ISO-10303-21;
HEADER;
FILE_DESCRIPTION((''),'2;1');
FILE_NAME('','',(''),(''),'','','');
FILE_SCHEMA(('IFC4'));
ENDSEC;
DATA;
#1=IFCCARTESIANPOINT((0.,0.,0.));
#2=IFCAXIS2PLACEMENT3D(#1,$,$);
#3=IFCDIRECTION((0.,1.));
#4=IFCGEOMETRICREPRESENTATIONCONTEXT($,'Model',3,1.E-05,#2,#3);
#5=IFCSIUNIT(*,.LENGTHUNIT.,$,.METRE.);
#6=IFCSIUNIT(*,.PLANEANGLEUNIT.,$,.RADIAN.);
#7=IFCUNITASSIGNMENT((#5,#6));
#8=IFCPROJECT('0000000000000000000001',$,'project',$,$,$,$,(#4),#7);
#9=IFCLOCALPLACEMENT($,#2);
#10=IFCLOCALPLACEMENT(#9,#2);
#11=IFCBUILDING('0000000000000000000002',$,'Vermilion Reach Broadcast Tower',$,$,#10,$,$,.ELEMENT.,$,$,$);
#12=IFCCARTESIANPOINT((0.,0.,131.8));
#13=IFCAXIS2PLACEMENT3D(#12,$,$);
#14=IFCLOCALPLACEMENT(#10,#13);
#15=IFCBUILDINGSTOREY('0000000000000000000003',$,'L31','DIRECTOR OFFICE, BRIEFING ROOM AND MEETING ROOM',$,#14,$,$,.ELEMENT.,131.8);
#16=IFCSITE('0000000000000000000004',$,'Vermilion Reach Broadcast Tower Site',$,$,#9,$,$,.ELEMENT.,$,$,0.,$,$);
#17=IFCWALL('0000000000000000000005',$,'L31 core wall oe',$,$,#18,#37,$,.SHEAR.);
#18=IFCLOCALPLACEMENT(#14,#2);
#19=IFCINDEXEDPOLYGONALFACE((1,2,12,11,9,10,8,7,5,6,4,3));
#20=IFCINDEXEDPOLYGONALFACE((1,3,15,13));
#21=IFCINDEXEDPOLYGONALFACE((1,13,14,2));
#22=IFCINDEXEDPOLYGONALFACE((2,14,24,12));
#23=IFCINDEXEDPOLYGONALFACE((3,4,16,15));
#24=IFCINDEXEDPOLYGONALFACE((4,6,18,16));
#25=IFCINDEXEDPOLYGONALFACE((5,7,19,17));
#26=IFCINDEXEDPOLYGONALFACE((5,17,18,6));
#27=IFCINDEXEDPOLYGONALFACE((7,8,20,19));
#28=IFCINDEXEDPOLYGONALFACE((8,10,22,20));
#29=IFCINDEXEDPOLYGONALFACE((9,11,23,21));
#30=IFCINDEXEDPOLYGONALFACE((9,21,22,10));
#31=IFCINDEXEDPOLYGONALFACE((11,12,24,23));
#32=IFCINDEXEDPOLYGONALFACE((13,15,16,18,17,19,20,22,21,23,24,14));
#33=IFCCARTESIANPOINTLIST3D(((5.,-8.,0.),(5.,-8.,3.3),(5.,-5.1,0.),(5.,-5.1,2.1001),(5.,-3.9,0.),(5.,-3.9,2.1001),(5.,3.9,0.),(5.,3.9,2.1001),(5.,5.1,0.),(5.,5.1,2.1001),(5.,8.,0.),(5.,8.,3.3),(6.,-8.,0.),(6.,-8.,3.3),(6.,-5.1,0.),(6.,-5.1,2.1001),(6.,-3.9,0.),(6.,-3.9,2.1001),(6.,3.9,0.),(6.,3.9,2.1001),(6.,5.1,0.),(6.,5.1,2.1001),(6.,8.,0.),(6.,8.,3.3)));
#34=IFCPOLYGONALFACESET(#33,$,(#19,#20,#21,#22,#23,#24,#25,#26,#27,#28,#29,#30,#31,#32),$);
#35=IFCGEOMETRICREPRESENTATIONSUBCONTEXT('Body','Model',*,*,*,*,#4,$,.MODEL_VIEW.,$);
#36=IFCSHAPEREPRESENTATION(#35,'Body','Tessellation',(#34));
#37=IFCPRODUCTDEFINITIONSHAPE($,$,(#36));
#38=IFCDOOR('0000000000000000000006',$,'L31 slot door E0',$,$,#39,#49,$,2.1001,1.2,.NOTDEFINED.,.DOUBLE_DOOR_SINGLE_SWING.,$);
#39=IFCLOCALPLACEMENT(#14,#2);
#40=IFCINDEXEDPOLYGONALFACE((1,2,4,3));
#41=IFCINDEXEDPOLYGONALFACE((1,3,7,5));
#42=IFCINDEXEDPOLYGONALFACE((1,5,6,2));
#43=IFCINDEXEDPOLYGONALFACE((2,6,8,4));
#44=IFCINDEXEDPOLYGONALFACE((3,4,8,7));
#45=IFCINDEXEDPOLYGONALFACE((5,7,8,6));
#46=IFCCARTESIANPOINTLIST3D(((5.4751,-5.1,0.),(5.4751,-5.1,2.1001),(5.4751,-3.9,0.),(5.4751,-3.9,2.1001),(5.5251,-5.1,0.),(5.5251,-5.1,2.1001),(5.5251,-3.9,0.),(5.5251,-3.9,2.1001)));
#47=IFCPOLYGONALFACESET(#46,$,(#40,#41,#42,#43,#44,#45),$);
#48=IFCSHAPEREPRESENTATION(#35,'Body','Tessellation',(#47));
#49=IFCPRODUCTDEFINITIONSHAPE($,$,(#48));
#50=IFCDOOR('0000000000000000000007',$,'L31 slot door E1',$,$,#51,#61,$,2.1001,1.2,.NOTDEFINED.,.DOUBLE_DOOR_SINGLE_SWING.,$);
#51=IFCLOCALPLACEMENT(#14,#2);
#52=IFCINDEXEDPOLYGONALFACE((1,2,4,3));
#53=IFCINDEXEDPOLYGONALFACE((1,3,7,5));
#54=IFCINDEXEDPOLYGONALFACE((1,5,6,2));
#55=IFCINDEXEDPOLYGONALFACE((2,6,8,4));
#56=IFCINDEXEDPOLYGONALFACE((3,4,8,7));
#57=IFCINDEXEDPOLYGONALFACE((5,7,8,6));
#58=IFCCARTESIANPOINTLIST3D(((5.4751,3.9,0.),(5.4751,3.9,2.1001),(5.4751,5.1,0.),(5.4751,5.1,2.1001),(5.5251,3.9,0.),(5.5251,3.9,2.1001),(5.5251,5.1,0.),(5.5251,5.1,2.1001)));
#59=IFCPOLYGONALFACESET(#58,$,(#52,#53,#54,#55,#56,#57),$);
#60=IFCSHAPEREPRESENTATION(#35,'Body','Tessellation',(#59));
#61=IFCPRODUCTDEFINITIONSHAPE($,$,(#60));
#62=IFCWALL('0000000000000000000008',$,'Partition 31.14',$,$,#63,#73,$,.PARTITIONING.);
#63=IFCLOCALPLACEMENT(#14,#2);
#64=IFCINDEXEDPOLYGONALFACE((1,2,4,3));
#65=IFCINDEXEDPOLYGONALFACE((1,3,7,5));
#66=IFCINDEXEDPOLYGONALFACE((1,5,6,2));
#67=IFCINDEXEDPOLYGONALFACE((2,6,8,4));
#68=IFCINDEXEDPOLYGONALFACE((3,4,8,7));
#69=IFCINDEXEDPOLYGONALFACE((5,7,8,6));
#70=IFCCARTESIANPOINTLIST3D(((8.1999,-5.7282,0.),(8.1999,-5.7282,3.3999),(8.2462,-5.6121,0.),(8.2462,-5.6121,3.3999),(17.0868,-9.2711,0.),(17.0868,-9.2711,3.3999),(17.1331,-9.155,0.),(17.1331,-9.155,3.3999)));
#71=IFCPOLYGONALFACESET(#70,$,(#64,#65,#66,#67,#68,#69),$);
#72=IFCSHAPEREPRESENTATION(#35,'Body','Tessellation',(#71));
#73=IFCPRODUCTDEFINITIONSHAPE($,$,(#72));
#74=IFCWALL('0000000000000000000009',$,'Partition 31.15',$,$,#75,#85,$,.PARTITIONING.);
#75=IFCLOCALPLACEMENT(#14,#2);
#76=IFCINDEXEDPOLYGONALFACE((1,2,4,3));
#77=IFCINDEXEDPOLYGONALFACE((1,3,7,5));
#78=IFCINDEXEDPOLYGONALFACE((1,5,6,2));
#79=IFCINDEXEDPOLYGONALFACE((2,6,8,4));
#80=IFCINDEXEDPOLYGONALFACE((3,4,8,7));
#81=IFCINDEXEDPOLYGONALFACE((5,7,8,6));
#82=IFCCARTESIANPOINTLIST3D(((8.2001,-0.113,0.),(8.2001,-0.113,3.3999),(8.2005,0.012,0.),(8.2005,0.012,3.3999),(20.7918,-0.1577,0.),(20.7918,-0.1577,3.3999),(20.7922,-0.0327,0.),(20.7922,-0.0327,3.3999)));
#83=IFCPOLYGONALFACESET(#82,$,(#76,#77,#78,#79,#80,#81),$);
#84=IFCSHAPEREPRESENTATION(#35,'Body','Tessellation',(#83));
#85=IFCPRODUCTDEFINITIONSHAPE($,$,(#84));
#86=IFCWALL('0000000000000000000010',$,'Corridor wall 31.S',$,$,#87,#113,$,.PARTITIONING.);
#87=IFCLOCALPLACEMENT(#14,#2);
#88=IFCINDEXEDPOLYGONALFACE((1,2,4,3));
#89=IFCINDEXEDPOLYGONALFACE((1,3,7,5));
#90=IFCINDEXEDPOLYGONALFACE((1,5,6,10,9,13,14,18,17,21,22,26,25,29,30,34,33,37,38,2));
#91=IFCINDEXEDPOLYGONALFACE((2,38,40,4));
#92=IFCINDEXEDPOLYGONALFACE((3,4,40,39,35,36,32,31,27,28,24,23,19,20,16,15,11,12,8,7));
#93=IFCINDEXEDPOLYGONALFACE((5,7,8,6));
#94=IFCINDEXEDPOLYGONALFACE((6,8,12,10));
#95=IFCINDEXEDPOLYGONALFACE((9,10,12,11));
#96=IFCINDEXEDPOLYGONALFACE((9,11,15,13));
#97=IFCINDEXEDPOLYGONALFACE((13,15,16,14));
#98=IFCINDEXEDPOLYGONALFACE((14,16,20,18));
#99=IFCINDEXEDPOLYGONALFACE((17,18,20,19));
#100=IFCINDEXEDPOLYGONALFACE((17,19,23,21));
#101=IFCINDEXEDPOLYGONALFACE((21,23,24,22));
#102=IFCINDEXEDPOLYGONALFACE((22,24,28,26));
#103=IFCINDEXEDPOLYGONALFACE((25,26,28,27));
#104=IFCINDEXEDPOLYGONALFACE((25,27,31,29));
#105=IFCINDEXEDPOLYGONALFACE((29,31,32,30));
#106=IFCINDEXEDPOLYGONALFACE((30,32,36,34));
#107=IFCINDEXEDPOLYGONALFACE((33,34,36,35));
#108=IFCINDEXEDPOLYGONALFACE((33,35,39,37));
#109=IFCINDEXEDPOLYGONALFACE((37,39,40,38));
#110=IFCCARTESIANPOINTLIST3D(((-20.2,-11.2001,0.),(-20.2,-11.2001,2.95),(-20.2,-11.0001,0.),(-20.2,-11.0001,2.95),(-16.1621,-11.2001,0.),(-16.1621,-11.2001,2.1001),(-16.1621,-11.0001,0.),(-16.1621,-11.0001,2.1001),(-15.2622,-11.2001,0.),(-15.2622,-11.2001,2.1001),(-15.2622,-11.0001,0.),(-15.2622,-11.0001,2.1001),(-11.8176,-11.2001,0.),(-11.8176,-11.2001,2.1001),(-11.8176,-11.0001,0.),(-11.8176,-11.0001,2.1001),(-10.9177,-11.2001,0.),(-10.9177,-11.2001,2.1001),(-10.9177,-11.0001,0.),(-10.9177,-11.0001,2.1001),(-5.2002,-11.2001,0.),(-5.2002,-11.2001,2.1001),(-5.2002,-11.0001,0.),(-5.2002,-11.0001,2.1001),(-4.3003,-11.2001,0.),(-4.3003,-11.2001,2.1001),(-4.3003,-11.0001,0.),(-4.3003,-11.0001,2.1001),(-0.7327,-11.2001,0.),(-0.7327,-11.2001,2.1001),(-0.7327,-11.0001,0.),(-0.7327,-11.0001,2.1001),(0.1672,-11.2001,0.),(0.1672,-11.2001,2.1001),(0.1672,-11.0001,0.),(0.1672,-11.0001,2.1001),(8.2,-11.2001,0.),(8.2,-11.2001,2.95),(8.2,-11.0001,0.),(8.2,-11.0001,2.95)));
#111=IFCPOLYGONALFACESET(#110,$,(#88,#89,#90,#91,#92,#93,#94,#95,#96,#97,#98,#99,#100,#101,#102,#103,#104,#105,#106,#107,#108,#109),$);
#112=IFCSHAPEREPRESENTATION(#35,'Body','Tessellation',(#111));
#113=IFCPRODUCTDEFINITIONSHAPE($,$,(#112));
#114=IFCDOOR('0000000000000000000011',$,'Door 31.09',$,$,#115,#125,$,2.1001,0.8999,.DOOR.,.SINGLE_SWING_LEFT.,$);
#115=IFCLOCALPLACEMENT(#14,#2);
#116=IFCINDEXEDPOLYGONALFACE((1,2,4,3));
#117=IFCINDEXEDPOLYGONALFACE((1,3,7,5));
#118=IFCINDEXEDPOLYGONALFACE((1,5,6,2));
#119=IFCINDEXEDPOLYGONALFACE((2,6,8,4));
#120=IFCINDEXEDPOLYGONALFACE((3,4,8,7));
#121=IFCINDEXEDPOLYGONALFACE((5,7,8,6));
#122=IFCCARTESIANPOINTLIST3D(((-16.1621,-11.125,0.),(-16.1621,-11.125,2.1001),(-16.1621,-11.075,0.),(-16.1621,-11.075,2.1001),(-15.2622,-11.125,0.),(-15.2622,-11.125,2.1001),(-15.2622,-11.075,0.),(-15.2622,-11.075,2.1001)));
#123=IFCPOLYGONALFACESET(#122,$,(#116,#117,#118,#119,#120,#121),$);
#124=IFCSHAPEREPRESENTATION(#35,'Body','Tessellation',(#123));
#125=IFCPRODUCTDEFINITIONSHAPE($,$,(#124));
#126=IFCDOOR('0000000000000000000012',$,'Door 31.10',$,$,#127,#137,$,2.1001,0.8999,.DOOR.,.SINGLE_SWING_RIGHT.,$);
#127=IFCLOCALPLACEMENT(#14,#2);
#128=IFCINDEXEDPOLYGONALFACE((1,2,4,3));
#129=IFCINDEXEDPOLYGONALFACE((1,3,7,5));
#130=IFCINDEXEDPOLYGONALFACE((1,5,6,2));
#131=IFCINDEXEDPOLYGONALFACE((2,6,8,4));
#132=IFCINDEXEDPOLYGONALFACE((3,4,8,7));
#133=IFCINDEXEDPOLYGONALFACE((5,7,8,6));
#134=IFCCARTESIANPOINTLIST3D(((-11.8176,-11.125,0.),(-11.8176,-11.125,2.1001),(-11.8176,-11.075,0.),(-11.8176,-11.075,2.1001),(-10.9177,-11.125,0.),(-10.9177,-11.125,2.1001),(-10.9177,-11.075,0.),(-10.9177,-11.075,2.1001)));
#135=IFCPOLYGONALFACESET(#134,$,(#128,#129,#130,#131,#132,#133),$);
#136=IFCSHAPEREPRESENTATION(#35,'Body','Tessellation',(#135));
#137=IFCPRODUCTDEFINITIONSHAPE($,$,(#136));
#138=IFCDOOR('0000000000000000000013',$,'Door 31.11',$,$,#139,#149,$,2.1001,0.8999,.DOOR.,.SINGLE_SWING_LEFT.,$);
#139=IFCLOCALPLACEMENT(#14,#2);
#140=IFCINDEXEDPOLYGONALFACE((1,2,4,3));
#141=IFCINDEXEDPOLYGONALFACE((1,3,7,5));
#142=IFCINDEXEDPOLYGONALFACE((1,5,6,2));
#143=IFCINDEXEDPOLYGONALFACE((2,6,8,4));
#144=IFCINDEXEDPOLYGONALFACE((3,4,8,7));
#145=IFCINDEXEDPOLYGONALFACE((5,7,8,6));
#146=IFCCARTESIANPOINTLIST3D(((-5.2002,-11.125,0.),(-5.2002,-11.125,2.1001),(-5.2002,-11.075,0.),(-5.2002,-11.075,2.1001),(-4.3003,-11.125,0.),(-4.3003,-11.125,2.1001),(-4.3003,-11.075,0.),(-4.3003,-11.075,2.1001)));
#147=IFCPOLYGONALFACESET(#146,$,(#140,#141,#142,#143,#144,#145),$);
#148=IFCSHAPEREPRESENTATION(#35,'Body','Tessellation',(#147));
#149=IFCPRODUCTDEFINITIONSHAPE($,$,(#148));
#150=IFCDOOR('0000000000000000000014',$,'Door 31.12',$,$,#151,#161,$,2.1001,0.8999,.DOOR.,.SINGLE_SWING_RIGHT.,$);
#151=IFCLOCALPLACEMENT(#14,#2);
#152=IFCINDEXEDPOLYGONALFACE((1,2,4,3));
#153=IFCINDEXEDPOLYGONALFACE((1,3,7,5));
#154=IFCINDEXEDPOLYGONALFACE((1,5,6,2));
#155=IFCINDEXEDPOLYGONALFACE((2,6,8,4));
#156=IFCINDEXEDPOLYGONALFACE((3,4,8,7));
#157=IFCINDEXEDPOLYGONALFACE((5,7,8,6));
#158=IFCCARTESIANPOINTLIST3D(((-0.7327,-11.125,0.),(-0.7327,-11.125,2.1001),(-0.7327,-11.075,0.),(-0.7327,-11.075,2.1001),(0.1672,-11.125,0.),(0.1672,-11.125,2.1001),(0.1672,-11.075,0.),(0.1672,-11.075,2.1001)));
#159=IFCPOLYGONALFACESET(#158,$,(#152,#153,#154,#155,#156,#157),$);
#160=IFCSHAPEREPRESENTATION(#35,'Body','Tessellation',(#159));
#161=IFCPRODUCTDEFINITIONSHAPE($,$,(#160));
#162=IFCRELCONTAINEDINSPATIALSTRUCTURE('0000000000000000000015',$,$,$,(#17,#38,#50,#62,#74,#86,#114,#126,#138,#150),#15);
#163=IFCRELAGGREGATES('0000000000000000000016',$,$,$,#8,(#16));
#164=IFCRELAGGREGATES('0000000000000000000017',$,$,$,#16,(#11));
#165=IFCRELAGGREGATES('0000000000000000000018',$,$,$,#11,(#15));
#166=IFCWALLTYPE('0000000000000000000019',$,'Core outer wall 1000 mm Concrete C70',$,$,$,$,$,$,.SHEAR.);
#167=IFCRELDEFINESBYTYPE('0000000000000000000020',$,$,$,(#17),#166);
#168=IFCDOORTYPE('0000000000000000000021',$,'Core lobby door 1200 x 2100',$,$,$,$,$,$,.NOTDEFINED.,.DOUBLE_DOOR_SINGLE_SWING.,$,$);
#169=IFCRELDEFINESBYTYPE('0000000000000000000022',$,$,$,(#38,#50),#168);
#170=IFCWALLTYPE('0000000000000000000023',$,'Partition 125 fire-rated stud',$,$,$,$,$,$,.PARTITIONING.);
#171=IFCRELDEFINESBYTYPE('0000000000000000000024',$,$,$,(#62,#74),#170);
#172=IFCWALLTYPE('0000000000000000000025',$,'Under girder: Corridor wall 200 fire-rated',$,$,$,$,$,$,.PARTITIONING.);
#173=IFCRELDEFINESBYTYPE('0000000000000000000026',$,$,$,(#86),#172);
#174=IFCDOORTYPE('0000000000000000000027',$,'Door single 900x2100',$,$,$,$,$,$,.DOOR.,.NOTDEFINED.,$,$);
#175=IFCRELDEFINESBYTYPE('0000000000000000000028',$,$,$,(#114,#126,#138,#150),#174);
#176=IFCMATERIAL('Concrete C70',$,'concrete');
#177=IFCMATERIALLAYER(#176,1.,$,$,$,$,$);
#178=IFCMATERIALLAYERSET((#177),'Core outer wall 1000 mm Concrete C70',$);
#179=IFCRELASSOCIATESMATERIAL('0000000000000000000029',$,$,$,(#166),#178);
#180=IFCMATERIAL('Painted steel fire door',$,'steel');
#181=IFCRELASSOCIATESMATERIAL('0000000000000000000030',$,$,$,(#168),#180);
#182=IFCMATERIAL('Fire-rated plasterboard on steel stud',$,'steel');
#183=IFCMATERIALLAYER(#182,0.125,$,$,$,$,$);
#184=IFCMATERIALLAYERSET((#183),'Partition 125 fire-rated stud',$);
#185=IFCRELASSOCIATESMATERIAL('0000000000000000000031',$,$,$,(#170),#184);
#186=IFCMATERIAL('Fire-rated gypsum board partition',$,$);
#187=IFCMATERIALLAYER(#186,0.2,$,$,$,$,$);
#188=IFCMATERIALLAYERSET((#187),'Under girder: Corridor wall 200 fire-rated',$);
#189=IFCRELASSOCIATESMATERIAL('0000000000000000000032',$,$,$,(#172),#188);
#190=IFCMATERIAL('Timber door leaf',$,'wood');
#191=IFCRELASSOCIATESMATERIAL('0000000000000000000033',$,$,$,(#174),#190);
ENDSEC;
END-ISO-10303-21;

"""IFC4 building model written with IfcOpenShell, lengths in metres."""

from ifc_helpers import new_model, si_unit, direction, frame, frame_2d, origin, place, context, subcontext, project, spatial, rectangle, extrude, material, layer, layer_set, type_object, element, fill, save


model = new_model("IFC4")

# Units and contexts
model_context = context("Model", 3, precision=1e-05, world=origin(), true_north=direction((0.0, 1.0)))
body_context = subcontext(model_context, "Body", "Model", "MODEL_VIEW")
ifc_project = project(units=[si_unit("LENGTHUNIT", "METRE"), si_unit("PLANEANGLEUNIT", "RADIAN")], contexts=[model_context])

# Site, building, storey
site_placement = place(None, origin())
site = spatial("IfcSite", under=ifc_project, at=site_placement, Name="Vermilion Reach Broadcast Tower Site", CompositionType="ELEMENT", RefElevation=0.0)
building_placement = place(site_placement, origin())
building = spatial("IfcBuilding", under=site, at=building_placement, Name="Vermilion Reach Broadcast Tower", CompositionType="ELEMENT")
storey_placement = place(building_placement, frame((0.0, 0.0, 131.8)))
storey = spatial("IfcBuildingStorey", under=building, at=storey_placement, Name="L31", Description="DIRECTOR OFFICE, BRIEFING ROOM AND MEETING ROOM", CompositionType="ELEMENT", Elevation=131.8)

# Wall, openings, doors
ifc_material_1 = material(Name="Concrete C70", Category="concrete")
ifc_layer_1 = layer(ifc_material_1, 1.0)
ifc_layer_set_1 = layer_set([ifc_layer_1], Name="Core outer wall 1000 mm Concrete C70")
wall_type_1 = type_object("IfcWallType", Name="Core outer wall 1000 mm Concrete C70", PredefinedType="SHEAR", material=ifc_layer_set_1)
wall_1_placement = place(storey_placement, frame((5.5, -8.0, 0.0), z_axis=(0.0, 0.0, 1.0), x_axis=(0.0, 1.0, 0.0)))
wall_1 = element("IfcWall", 1, at=wall_1_placement, inside=storey, type_object=wall_type_1, Name="L31 core wall oe", PredefinedType="SHEAR", context=body_context, shape_type="SweptSolid", body=[
    extrude(rectangle(XDim=16.0, YDim=1.0, at=frame_2d((8.0, 0.0))), origin(), (0.0, 0.0, 1.0), 3.3),
])
opening_1_placement = place(wall_1_placement, frame((2.8999, 0.0, 0.0)))
opening_1 = element("IfcOpeningElement", 2, at=opening_1_placement, cuts=wall_1, PredefinedType="OPENING", context=body_context, shape_type="SweptSolid", body=[
    extrude(rectangle(XDim=1.2, YDim=2.1001, at=frame_2d((0.6001, 1.05))), frame((0.0, 0.51, 0.0), z_axis=(0.0, -1.0, 0.0), x_axis=(1.0, 0.0, 0.0)), (0.0, 0.0, 1.0), 1.02),
])
opening_2_placement = place(wall_1_placement, frame((11.8999, 0.0, 0.0)))
opening_2 = element("IfcOpeningElement", 3, at=opening_2_placement, cuts=wall_1, PredefinedType="OPENING", context=body_context, shape_type="SweptSolid", body=[
    extrude(rectangle(XDim=1.2, YDim=2.1001, at=frame_2d((0.6001, 1.05))), frame((0.0, 0.51, 0.0), z_axis=(0.0, -1.0, 0.0), x_axis=(1.0, 0.0, 0.0)), (0.0, 0.0, 1.0), 1.02),
])
ifc_material_2 = material(Name="Painted steel fire door", Category="steel")
door_type_1 = type_object("IfcDoorType", Name="Core lobby door 1200 x 2100", OperationType="DOUBLE_DOOR_SINGLE_SWING", PredefinedType="NOTDEFINED", material=ifc_material_2)
door_1_placement = place(opening_1_placement, origin())
door_1 = element("IfcDoor", 4, at=door_1_placement, inside=storey, type_object=door_type_1, Name="L31 slot door E0", OperationType="DOUBLE_DOOR_SINGLE_SWING", OverallHeight=2.1001, OverallWidth=1.2, PredefinedType="NOTDEFINED", context=body_context, shape_type="SweptSolid", body=[
    extrude(rectangle(XDim=1.2, YDim=2.1001, at=frame_2d((0.6001, 1.05))), frame((0.0, 0.0249, 0.0), z_axis=(0.0, -1.0, 0.0), x_axis=(1.0, 0.0, 0.0)), (0.0, 0.0, 1.0), 0.05),
])
fill(opening_1, door_1)
door_2_placement = place(opening_2_placement, origin())
door_2 = element("IfcDoor", 5, at=door_2_placement, inside=storey, type_object=door_type_1, Name="L31 slot door E1", OperationType="DOUBLE_DOOR_SINGLE_SWING", OverallHeight=2.1001, OverallWidth=1.2, PredefinedType="NOTDEFINED", context=body_context, shape_type="SweptSolid", body=[
    extrude(rectangle(XDim=1.2, YDim=2.1001, at=frame_2d((0.6001, 1.05))), frame((0.0, 0.0249, 0.0), z_axis=(0.0, -1.0, 0.0), x_axis=(1.0, 0.0, 0.0)), (0.0, 0.0, 1.0), 0.05),
])
fill(opening_2, door_2)

# Walls
ifc_material_3 = material(Name="Fire-rated plasterboard on steel stud", Category="steel")
ifc_layer_2 = layer(ifc_material_3, 0.125)
ifc_layer_set_2 = layer_set([ifc_layer_2], Name="Partition 125 fire-rated stud")
wall_type_2 = type_object("IfcWallType", Name="Partition 125 fire-rated stud", PredefinedType="PARTITIONING", material=ifc_layer_set_2)
wall_2_placement = place(storey_placement, frame((17.1101, -9.2131, 0.0), z_axis=(0.0, 0.0, 1.0), x_axis=(-0.928902, 0.370326, 0.0)))
element("IfcWall", 6, at=wall_2_placement, inside=storey, type_object=wall_type_2, Name="Partition 31.14", PredefinedType="PARTITIONING", context=body_context, shape_type="SweptSolid", body=[
    extrude(rectangle(XDim=9.5671, YDim=0.125, at=frame_2d((4.7837, 0.0))), origin(), (0.0, 0.0, 1.0), 3.3999),
])
wall_3_placement = place(storey_placement, frame((20.792, -0.0952, 0.0), z_axis=(0.0, 0.0, 1.0), x_axis=(-0.999994, 0.003548, 0.0)))
element("IfcWall", 7, at=wall_3_placement, inside=storey, type_object=wall_type_2, Name="Partition 31.15", PredefinedType="PARTITIONING", context=body_context, shape_type="SweptSolid", body=[
    extrude(rectangle(XDim=12.5918, YDim=0.125, at=frame_2d((6.2959, 0.0))), origin(), (0.0, 0.0, 1.0), 3.3999),
])

# Wall, openings, doors
ifc_material_4 = material(Name="Fire-rated gypsum board partition")
ifc_layer_3 = layer(ifc_material_4, 0.2)
ifc_layer_set_3 = layer_set([ifc_layer_3], Name="Under girder: Corridor wall 200 fire-rated")
wall_type_3 = type_object("IfcWallType", Name="Under girder: Corridor wall 200 fire-rated", PredefinedType="PARTITIONING", material=ifc_layer_set_3)
wall_4_placement = place(storey_placement, frame((8.2, -11.1001, 0.0), z_axis=(0.0, 0.0, 1.0), x_axis=(-1.0, 0.0, 0.0)))
wall_4 = element("IfcWall", 8, at=wall_4_placement, inside=storey, type_object=wall_type_3, Name="Corridor wall 31.S", PredefinedType="PARTITIONING", context=body_context, shape_type="SweptSolid", body=[
    extrude(rectangle(XDim=28.3999, YDim=0.2, at=frame_2d((14.2, 0.0))), origin(), (0.0, 0.0, 1.0), 2.95),
])
opening_3_placement = place(wall_4_placement, frame((23.4622, 0.0, 0.0)))
opening_3 = element("IfcOpeningElement", 9, at=opening_3_placement, cuts=wall_4, PredefinedType="OPENING", context=body_context, shape_type="SweptSolid", body=[
    extrude(rectangle(XDim=0.8999, YDim=2.1001, at=frame_2d((0.45, 1.05))), frame((0.0, 0.1099, 0.0), z_axis=(0.0, -1.0, 0.0), x_axis=(1.0, 0.0, 0.0)), (0.0, 0.0, 1.0), 0.22),
])
opening_4_placement = place(wall_4_placement, frame((19.1177, 0.0, 0.0)))
opening_4 = element("IfcOpeningElement", 10, at=opening_4_placement, cuts=wall_4, PredefinedType="OPENING", context=body_context, shape_type="SweptSolid", body=[
    extrude(rectangle(XDim=0.8999, YDim=2.1001, at=frame_2d((0.45, 1.05))), frame((0.0, 0.1099, 0.0), z_axis=(0.0, -1.0, 0.0), x_axis=(1.0, 0.0, 0.0)), (0.0, 0.0, 1.0), 0.22),
])
opening_5_placement = place(wall_4_placement, frame((12.5002, 0.0, 0.0)))
opening_5 = element("IfcOpeningElement", 11, at=opening_5_placement, cuts=wall_4, PredefinedType="OPENING", context=body_context, shape_type="SweptSolid", body=[
    extrude(rectangle(XDim=0.8999, YDim=2.1001, at=frame_2d((0.45, 1.05))), frame((0.0, 0.1099, 0.0), z_axis=(0.0, -1.0, 0.0), x_axis=(1.0, 0.0, 0.0)), (0.0, 0.0, 1.0), 0.22),
])
opening_6_placement = place(wall_4_placement, frame((8.0327, 0.0, 0.0)))
opening_6 = element("IfcOpeningElement", 12, at=opening_6_placement, cuts=wall_4, PredefinedType="OPENING", context=body_context, shape_type="SweptSolid", body=[
    extrude(rectangle(XDim=0.8999, YDim=2.1001, at=frame_2d((0.45, 1.05))), frame((0.0, 0.1099, 0.0), z_axis=(0.0, -1.0, 0.0), x_axis=(1.0, 0.0, 0.0)), (0.0, 0.0, 1.0), 0.22),
])
ifc_material_5 = material(Name="Timber door leaf", Category="wood")
door_type_2 = type_object("IfcDoorType", Name="Door single 900x2100", OperationType="NOTDEFINED", PredefinedType="DOOR", material=ifc_material_5)
door_3_placement = place(opening_3_placement, origin())
door_3 = element("IfcDoor", 13, at=door_3_placement, inside=storey, type_object=door_type_2, Name="Door 31.09", OperationType="SINGLE_SWING_LEFT", OverallHeight=2.1001, OverallWidth=0.8999, PredefinedType="DOOR", context=body_context, shape_type="SweptSolid", body=[
    extrude(rectangle(XDim=0.8999, YDim=2.1001, at=frame_2d((0.45, 1.05))), frame((0.0, 0.0249, 0.0), z_axis=(0.0, -1.0, 0.0), x_axis=(1.0, 0.0, 0.0)), (0.0, 0.0, 1.0), 0.05),
])
fill(opening_3, door_3)
door_4_placement = place(opening_4_placement, origin())
door_4 = element("IfcDoor", 14, at=door_4_placement, inside=storey, type_object=door_type_2, Name="Door 31.10", OperationType="SINGLE_SWING_RIGHT", OverallHeight=2.1001, OverallWidth=0.8999, PredefinedType="DOOR", context=body_context, shape_type="SweptSolid", body=[
    extrude(rectangle(XDim=0.8999, YDim=2.1001, at=frame_2d((0.45, 1.05))), frame((0.0, 0.0249, 0.0), z_axis=(0.0, -1.0, 0.0), x_axis=(1.0, 0.0, 0.0)), (0.0, 0.0, 1.0), 0.05),
])
fill(opening_4, door_4)
door_5_placement = place(opening_5_placement, origin())
door_5 = element("IfcDoor", 15, at=door_5_placement, inside=storey, type_object=door_type_2, Name="Door 31.11", OperationType="SINGLE_SWING_LEFT", OverallHeight=2.1001, OverallWidth=0.8999, PredefinedType="DOOR", context=body_context, shape_type="SweptSolid", body=[
    extrude(rectangle(XDim=0.8999, YDim=2.1001, at=frame_2d((0.45, 1.05))), frame((0.0, 0.0249, 0.0), z_axis=(0.0, -1.0, 0.0), x_axis=(1.0, 0.0, 0.0)), (0.0, 0.0, 1.0), 0.05),
])
fill(opening_5, door_5)
door_6_placement = place(opening_6_placement, origin())
door_6 = element("IfcDoor", 16, at=door_6_placement, inside=storey, type_object=door_type_2, Name="Door 31.12", OperationType="SINGLE_SWING_RIGHT", OverallHeight=2.1001, OverallWidth=0.8999, PredefinedType="DOOR", context=body_context, shape_type="SweptSolid", body=[
    extrude(rectangle(XDim=0.8999, YDim=2.1001, at=frame_2d((0.45, 1.05))), frame((0.0, 0.0249, 0.0), z_axis=(0.0, -1.0, 0.0), x_axis=(1.0, 0.0, 0.0)), (0.0, 0.0, 1.0), 0.05),
])
fill(opening_6, door_6)

save(model, "model.ifc")
